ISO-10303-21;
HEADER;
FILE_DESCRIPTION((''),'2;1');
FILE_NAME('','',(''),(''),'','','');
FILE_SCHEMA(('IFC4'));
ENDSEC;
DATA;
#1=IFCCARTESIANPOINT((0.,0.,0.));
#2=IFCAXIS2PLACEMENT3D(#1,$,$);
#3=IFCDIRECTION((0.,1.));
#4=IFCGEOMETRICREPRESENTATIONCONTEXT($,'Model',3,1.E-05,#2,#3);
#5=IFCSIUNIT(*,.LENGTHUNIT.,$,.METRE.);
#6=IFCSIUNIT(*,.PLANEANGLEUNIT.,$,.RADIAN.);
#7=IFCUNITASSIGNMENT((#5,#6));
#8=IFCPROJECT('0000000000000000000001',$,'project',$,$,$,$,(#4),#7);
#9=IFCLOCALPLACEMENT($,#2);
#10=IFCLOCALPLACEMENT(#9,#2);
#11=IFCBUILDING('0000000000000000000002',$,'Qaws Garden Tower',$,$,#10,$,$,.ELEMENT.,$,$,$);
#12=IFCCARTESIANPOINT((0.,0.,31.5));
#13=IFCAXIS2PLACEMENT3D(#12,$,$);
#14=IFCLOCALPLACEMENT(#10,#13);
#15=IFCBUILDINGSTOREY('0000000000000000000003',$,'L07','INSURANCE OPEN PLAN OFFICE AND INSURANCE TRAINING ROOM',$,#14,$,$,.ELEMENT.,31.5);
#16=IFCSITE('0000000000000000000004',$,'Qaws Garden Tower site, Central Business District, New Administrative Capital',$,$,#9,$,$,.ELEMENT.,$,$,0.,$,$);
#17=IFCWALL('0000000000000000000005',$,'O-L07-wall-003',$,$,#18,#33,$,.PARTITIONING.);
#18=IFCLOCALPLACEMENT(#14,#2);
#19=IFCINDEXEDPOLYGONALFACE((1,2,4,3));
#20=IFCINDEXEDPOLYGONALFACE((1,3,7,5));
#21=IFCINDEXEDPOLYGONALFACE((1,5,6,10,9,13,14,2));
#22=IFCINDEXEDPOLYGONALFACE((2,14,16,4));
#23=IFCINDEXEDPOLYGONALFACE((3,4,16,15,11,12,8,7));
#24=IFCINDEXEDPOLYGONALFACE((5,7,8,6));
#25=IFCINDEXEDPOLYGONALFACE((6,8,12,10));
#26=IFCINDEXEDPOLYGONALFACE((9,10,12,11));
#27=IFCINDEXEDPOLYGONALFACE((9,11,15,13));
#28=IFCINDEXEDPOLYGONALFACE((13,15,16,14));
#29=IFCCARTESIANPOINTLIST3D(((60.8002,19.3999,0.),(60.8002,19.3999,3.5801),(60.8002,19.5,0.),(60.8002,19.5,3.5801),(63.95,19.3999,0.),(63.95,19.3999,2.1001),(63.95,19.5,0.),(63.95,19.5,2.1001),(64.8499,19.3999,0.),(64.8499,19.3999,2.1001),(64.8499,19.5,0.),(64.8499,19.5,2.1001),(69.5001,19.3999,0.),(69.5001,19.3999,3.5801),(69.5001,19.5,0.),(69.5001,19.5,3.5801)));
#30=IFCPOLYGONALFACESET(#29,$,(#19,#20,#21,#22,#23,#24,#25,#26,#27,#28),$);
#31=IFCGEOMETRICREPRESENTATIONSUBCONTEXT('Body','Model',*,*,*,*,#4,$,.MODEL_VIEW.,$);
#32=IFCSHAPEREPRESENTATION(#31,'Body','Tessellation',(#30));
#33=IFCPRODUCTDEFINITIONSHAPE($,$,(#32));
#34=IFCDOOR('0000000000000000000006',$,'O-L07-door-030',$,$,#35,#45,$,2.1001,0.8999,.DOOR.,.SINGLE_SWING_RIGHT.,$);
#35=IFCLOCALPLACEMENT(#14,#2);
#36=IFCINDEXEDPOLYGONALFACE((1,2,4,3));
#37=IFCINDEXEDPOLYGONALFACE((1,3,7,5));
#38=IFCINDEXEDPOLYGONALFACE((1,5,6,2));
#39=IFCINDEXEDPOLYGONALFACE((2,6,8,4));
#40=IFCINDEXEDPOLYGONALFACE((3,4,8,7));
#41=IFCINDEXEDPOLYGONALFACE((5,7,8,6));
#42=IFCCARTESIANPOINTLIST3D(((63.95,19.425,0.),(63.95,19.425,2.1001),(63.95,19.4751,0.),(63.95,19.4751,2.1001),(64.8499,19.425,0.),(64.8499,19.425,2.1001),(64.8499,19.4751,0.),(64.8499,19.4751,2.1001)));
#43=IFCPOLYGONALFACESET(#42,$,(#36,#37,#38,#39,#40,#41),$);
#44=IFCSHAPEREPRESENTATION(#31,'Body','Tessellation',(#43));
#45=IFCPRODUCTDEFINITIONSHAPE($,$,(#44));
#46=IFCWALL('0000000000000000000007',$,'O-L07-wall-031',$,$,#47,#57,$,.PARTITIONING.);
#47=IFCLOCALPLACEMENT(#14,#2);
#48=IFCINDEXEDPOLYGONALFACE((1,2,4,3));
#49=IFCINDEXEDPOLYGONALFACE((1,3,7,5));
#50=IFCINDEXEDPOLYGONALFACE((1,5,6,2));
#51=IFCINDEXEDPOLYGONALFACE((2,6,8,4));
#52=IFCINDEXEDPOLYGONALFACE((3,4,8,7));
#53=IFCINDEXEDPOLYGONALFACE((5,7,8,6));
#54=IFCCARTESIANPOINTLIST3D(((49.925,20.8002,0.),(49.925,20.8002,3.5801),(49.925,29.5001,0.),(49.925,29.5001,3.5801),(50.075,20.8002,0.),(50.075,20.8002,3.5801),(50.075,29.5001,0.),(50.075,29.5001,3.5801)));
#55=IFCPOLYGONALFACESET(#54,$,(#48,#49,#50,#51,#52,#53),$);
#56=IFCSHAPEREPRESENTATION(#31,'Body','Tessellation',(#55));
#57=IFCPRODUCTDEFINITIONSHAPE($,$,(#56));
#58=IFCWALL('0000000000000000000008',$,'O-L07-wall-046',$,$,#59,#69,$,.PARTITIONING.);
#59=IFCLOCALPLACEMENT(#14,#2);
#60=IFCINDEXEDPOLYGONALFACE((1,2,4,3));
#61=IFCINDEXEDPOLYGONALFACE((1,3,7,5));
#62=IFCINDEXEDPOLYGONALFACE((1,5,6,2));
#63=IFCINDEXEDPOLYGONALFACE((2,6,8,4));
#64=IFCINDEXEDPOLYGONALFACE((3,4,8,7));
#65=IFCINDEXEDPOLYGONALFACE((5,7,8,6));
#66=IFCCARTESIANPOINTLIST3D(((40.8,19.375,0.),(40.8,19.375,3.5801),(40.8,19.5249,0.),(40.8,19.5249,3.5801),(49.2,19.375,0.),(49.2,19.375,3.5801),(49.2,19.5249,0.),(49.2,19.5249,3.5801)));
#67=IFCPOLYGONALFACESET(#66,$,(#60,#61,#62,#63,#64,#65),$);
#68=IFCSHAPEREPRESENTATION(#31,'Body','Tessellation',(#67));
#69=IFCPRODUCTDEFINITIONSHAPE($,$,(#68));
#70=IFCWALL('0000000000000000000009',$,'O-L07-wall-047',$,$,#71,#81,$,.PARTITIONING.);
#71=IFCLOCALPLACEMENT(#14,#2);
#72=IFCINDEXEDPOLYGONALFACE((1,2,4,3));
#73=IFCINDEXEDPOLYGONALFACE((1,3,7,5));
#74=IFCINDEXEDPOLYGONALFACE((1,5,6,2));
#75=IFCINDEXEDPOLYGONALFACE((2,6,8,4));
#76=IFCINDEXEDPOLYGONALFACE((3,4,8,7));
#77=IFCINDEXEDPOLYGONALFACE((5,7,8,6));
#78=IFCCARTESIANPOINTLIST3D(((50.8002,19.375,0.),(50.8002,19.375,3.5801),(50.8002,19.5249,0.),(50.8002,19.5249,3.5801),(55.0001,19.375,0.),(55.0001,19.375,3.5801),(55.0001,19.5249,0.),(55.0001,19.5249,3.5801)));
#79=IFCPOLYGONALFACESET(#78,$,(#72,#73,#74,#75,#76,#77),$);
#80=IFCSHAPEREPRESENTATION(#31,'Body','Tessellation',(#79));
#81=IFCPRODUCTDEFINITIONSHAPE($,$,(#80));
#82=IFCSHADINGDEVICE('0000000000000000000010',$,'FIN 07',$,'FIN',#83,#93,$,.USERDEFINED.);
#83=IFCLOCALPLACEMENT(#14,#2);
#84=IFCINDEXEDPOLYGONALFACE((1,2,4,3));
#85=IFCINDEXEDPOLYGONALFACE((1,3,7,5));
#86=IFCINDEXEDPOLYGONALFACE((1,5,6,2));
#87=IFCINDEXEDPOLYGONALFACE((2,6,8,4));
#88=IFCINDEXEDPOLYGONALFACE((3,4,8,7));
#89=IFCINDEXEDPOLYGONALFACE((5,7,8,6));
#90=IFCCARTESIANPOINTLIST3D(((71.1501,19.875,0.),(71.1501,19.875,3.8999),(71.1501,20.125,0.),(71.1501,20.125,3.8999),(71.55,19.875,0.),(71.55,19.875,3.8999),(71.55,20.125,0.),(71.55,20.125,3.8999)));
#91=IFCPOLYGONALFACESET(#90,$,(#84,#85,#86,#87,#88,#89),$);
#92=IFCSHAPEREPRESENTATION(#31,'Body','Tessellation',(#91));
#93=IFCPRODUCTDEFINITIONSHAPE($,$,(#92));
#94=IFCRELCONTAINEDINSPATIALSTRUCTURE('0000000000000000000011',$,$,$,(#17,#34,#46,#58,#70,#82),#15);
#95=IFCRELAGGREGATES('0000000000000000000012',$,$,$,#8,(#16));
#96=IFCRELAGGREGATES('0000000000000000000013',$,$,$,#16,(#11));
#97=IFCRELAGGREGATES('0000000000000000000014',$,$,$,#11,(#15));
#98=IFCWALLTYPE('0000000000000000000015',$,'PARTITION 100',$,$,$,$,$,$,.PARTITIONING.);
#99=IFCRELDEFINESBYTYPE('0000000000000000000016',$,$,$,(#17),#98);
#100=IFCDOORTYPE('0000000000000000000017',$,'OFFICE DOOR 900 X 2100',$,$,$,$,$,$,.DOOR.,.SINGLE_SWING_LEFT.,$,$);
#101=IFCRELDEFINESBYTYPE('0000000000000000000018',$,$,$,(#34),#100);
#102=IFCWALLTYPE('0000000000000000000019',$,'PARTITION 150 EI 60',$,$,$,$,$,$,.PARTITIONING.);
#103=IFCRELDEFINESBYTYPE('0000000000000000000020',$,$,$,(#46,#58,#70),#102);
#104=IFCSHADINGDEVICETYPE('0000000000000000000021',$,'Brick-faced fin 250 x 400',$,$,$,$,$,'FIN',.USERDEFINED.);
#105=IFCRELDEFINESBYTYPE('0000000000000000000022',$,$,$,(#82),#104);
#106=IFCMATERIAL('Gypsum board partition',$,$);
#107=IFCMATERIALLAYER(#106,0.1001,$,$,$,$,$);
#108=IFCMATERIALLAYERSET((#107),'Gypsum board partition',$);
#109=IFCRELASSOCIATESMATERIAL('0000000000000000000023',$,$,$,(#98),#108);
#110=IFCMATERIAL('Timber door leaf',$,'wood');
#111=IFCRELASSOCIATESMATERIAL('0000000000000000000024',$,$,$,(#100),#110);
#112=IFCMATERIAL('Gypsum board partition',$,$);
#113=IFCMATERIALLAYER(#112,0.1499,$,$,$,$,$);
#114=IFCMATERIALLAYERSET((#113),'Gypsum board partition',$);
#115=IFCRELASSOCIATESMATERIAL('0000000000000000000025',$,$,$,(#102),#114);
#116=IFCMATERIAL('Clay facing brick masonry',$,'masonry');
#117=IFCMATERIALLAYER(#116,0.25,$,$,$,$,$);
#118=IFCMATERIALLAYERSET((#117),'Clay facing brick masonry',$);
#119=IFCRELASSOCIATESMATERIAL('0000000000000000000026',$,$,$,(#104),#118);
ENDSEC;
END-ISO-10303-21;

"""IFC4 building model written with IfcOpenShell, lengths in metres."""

from ifc_helpers import new_model, si_unit, direction, frame, frame_2d, origin, origin_2d, place, context, subcontext, project, spatial, rectangle, extrude, material, layer, layer_set, type_object, element, fill, save


model = new_model("IFC4")

# Units and contexts
model_context = context("Model", 3, precision=1e-05, world=origin(), true_north=direction((0.0, 1.0)))
body_context = subcontext(model_context, "Body", "Model", "MODEL_VIEW")
ifc_project = project(units=[si_unit("LENGTHUNIT", "METRE"), si_unit("PLANEANGLEUNIT", "RADIAN")], contexts=[model_context])

# Site, building, storey
site_placement = place(None, origin())
site = spatial("IfcSite", under=ifc_project, at=site_placement, Name="Qaws Garden Tower site, Central Business District, New Administrative Capital", CompositionType="ELEMENT", RefElevation=0.0)
building_placement = place(site_placement, origin())
building = spatial("IfcBuilding", under=site, at=building_placement, Name="Qaws Garden Tower", CompositionType="ELEMENT")
storey_placement = place(building_placement, frame((0.0, 0.0, 31.5)))
storey = spatial("IfcBuildingStorey", under=building, at=storey_placement, Name="L07", Description="INSURANCE OPEN PLAN OFFICE AND INSURANCE TRAINING ROOM", CompositionType="ELEMENT", Elevation=31.5)

# Wall, opening, door
ifc_material_1 = material(Name="Gypsum board partition")
ifc_layer_1 = layer(ifc_material_1, 0.1001)
ifc_layer_set_1 = layer_set([ifc_layer_1], Name="Gypsum board partition")
wall_type_1 = type_object("IfcWallType", Name="PARTITION 100", PredefinedType="PARTITIONING", material=ifc_layer_set_1)
wall_1_placement = place(storey_placement, frame((60.8, 19.45, 0.0), z_axis=(0.0, 0.0, 1.0), x_axis=(1.0, 0.0, 0.0)))
wall_1 = element("IfcWall", 1, at=wall_1_placement, inside=storey, type_object=wall_type_1, Name="O-L07-wall-003", PredefinedType="PARTITIONING", context=body_context, shape_type="SweptSolid", body=[
    extrude(rectangle(XDim=8.7, YDim=0.1001, at=frame_2d((4.3501, 0.0))), origin(), (0.0, 0.0, 1.0), 3.5801),
])
opening_placement = place(wall_1_placement, frame((3.1499, 0.0, 0.0)))
opening = element("IfcOpeningElement", 2, at=opening_placement, cuts=wall_1, PredefinedType="OPENING", context=body_context, shape_type="SweptSolid", body=[
    extrude(rectangle(XDim=0.8999, YDim=2.1001, at=frame_2d((0.45, 1.05))), frame((0.0, 0.0601, 0.0), z_axis=(0.0, -1.0, 0.0), x_axis=(1.0, 0.0, 0.0)), (0.0, 0.0, 1.0), 0.1201),
])
ifc_material_2 = material(Name="Timber door leaf", Category="wood")
door_type = type_object("IfcDoorType", Name="OFFICE DOOR 900 X 2100", OperationType="SINGLE_SWING_LEFT", PredefinedType="DOOR", material=ifc_material_2)
door_placement = place(opening_placement, frame((0.8999, 0.0, 0.0), z_axis=(0.0, 0.0, 1.0), x_axis=(-1.0, 0.0, 0.0)))
door = element("IfcDoor", 3, at=door_placement, inside=storey, type_object=door_type, Name="O-L07-door-030", OperationType="SINGLE_SWING_RIGHT", OverallHeight=2.1001, OverallWidth=0.8999, PredefinedType="DOOR", context=body_context, shape_type="SweptSolid", body=[
    extrude(rectangle(XDim=0.8999, YDim=2.1001, at=frame_2d((0.45, 1.05))), frame((0.0, 0.0249, 0.0), z_axis=(0.0, -1.0, 0.0), x_axis=(1.0, 0.0, 0.0)), (0.0, 0.0, 1.0), 0.05),
])
fill(opening, door)

# Walls
ifc_material_3 = material(Name="Gypsum board partition")
ifc_layer_2 = layer(ifc_material_3, 0.1499)
ifc_layer_set_2 = layer_set([ifc_layer_2], Name="Gypsum board partition")
wall_type_2 = type_object("IfcWallType", Name="PARTITION 150 EI 60", PredefinedType="PARTITIONING", material=ifc_layer_set_2)
wall_2_placement = place(storey_placement, frame((50.0, 20.8, 0.0), z_axis=(0.0, 0.0, 1.0), x_axis=(0.0, 1.0, 0.0)))
element("IfcWall", 4, at=wall_2_placement, inside=storey, type_object=wall_type_2, Name="O-L07-wall-031", PredefinedType="PARTITIONING", context=body_context, shape_type="SweptSolid", body=[
    extrude(rectangle(XDim=8.7, YDim=0.1499, at=frame_2d((4.3501, 0.0))), origin(), (0.0, 0.0, 1.0), 3.5801),
])
wall_3_placement = place(storey_placement, frame((40.8, 19.45, 0.0), z_axis=(0.0, 0.0, 1.0), x_axis=(1.0, 0.0, 0.0)))
element("IfcWall", 5, at=wall_3_placement, inside=storey, type_object=wall_type_2, Name="O-L07-wall-046", PredefinedType="PARTITIONING", context=body_context, shape_type="SweptSolid", body=[
    extrude(rectangle(XDim=8.3999, YDim=0.1499, at=frame_2d((4.2, 0.0))), origin(), (0.0, 0.0, 1.0), 3.5801),
])
wall_4_placement = place(storey_placement, frame((50.8, 19.45, 0.0), z_axis=(0.0, 0.0, 1.0), x_axis=(1.0, 0.0, 0.0)))
element("IfcWall", 6, at=wall_4_placement, inside=storey, type_object=wall_type_2, Name="O-L07-wall-047", PredefinedType="PARTITIONING", context=body_context, shape_type="SweptSolid", body=[
    extrude(rectangle(XDim=4.2, YDim=0.1499, at=frame_2d((2.1001, 0.0))), origin(), (0.0, 0.0, 1.0), 3.5801),
])

# Shading device
ifc_material_4 = material(Name="Clay facing brick masonry", Category="masonry")
ifc_layer_3 = layer(ifc_material_4, 0.25)
ifc_layer_set_3 = layer_set([ifc_layer_3], Name="Clay facing brick masonry")
shading_device_type = type_object("IfcShadingDeviceType", Name="Brick-faced fin 250 x 400", ElementType="FIN", PredefinedType="USERDEFINED", material=ifc_layer_set_3)
shading_device_placement = place(storey_placement, frame((71.3501, 20.0, 0.0), z_axis=(0.0, 0.0, 1.0), x_axis=(0.0, 1.0, 0.0)))
element("IfcShadingDevice", 7, at=shading_device_placement, inside=storey, type_object=shading_device_type, Name="FIN 07", ObjectType="FIN", PredefinedType="USERDEFINED", context=body_context, shape_type="SweptSolid", body=[
    extrude(rectangle(XDim=0.25, YDim=0.3999, at=origin_2d()), origin(), (0.0, 0.0, 1.0), 3.8999),
])

save(model, "model.ifc")
